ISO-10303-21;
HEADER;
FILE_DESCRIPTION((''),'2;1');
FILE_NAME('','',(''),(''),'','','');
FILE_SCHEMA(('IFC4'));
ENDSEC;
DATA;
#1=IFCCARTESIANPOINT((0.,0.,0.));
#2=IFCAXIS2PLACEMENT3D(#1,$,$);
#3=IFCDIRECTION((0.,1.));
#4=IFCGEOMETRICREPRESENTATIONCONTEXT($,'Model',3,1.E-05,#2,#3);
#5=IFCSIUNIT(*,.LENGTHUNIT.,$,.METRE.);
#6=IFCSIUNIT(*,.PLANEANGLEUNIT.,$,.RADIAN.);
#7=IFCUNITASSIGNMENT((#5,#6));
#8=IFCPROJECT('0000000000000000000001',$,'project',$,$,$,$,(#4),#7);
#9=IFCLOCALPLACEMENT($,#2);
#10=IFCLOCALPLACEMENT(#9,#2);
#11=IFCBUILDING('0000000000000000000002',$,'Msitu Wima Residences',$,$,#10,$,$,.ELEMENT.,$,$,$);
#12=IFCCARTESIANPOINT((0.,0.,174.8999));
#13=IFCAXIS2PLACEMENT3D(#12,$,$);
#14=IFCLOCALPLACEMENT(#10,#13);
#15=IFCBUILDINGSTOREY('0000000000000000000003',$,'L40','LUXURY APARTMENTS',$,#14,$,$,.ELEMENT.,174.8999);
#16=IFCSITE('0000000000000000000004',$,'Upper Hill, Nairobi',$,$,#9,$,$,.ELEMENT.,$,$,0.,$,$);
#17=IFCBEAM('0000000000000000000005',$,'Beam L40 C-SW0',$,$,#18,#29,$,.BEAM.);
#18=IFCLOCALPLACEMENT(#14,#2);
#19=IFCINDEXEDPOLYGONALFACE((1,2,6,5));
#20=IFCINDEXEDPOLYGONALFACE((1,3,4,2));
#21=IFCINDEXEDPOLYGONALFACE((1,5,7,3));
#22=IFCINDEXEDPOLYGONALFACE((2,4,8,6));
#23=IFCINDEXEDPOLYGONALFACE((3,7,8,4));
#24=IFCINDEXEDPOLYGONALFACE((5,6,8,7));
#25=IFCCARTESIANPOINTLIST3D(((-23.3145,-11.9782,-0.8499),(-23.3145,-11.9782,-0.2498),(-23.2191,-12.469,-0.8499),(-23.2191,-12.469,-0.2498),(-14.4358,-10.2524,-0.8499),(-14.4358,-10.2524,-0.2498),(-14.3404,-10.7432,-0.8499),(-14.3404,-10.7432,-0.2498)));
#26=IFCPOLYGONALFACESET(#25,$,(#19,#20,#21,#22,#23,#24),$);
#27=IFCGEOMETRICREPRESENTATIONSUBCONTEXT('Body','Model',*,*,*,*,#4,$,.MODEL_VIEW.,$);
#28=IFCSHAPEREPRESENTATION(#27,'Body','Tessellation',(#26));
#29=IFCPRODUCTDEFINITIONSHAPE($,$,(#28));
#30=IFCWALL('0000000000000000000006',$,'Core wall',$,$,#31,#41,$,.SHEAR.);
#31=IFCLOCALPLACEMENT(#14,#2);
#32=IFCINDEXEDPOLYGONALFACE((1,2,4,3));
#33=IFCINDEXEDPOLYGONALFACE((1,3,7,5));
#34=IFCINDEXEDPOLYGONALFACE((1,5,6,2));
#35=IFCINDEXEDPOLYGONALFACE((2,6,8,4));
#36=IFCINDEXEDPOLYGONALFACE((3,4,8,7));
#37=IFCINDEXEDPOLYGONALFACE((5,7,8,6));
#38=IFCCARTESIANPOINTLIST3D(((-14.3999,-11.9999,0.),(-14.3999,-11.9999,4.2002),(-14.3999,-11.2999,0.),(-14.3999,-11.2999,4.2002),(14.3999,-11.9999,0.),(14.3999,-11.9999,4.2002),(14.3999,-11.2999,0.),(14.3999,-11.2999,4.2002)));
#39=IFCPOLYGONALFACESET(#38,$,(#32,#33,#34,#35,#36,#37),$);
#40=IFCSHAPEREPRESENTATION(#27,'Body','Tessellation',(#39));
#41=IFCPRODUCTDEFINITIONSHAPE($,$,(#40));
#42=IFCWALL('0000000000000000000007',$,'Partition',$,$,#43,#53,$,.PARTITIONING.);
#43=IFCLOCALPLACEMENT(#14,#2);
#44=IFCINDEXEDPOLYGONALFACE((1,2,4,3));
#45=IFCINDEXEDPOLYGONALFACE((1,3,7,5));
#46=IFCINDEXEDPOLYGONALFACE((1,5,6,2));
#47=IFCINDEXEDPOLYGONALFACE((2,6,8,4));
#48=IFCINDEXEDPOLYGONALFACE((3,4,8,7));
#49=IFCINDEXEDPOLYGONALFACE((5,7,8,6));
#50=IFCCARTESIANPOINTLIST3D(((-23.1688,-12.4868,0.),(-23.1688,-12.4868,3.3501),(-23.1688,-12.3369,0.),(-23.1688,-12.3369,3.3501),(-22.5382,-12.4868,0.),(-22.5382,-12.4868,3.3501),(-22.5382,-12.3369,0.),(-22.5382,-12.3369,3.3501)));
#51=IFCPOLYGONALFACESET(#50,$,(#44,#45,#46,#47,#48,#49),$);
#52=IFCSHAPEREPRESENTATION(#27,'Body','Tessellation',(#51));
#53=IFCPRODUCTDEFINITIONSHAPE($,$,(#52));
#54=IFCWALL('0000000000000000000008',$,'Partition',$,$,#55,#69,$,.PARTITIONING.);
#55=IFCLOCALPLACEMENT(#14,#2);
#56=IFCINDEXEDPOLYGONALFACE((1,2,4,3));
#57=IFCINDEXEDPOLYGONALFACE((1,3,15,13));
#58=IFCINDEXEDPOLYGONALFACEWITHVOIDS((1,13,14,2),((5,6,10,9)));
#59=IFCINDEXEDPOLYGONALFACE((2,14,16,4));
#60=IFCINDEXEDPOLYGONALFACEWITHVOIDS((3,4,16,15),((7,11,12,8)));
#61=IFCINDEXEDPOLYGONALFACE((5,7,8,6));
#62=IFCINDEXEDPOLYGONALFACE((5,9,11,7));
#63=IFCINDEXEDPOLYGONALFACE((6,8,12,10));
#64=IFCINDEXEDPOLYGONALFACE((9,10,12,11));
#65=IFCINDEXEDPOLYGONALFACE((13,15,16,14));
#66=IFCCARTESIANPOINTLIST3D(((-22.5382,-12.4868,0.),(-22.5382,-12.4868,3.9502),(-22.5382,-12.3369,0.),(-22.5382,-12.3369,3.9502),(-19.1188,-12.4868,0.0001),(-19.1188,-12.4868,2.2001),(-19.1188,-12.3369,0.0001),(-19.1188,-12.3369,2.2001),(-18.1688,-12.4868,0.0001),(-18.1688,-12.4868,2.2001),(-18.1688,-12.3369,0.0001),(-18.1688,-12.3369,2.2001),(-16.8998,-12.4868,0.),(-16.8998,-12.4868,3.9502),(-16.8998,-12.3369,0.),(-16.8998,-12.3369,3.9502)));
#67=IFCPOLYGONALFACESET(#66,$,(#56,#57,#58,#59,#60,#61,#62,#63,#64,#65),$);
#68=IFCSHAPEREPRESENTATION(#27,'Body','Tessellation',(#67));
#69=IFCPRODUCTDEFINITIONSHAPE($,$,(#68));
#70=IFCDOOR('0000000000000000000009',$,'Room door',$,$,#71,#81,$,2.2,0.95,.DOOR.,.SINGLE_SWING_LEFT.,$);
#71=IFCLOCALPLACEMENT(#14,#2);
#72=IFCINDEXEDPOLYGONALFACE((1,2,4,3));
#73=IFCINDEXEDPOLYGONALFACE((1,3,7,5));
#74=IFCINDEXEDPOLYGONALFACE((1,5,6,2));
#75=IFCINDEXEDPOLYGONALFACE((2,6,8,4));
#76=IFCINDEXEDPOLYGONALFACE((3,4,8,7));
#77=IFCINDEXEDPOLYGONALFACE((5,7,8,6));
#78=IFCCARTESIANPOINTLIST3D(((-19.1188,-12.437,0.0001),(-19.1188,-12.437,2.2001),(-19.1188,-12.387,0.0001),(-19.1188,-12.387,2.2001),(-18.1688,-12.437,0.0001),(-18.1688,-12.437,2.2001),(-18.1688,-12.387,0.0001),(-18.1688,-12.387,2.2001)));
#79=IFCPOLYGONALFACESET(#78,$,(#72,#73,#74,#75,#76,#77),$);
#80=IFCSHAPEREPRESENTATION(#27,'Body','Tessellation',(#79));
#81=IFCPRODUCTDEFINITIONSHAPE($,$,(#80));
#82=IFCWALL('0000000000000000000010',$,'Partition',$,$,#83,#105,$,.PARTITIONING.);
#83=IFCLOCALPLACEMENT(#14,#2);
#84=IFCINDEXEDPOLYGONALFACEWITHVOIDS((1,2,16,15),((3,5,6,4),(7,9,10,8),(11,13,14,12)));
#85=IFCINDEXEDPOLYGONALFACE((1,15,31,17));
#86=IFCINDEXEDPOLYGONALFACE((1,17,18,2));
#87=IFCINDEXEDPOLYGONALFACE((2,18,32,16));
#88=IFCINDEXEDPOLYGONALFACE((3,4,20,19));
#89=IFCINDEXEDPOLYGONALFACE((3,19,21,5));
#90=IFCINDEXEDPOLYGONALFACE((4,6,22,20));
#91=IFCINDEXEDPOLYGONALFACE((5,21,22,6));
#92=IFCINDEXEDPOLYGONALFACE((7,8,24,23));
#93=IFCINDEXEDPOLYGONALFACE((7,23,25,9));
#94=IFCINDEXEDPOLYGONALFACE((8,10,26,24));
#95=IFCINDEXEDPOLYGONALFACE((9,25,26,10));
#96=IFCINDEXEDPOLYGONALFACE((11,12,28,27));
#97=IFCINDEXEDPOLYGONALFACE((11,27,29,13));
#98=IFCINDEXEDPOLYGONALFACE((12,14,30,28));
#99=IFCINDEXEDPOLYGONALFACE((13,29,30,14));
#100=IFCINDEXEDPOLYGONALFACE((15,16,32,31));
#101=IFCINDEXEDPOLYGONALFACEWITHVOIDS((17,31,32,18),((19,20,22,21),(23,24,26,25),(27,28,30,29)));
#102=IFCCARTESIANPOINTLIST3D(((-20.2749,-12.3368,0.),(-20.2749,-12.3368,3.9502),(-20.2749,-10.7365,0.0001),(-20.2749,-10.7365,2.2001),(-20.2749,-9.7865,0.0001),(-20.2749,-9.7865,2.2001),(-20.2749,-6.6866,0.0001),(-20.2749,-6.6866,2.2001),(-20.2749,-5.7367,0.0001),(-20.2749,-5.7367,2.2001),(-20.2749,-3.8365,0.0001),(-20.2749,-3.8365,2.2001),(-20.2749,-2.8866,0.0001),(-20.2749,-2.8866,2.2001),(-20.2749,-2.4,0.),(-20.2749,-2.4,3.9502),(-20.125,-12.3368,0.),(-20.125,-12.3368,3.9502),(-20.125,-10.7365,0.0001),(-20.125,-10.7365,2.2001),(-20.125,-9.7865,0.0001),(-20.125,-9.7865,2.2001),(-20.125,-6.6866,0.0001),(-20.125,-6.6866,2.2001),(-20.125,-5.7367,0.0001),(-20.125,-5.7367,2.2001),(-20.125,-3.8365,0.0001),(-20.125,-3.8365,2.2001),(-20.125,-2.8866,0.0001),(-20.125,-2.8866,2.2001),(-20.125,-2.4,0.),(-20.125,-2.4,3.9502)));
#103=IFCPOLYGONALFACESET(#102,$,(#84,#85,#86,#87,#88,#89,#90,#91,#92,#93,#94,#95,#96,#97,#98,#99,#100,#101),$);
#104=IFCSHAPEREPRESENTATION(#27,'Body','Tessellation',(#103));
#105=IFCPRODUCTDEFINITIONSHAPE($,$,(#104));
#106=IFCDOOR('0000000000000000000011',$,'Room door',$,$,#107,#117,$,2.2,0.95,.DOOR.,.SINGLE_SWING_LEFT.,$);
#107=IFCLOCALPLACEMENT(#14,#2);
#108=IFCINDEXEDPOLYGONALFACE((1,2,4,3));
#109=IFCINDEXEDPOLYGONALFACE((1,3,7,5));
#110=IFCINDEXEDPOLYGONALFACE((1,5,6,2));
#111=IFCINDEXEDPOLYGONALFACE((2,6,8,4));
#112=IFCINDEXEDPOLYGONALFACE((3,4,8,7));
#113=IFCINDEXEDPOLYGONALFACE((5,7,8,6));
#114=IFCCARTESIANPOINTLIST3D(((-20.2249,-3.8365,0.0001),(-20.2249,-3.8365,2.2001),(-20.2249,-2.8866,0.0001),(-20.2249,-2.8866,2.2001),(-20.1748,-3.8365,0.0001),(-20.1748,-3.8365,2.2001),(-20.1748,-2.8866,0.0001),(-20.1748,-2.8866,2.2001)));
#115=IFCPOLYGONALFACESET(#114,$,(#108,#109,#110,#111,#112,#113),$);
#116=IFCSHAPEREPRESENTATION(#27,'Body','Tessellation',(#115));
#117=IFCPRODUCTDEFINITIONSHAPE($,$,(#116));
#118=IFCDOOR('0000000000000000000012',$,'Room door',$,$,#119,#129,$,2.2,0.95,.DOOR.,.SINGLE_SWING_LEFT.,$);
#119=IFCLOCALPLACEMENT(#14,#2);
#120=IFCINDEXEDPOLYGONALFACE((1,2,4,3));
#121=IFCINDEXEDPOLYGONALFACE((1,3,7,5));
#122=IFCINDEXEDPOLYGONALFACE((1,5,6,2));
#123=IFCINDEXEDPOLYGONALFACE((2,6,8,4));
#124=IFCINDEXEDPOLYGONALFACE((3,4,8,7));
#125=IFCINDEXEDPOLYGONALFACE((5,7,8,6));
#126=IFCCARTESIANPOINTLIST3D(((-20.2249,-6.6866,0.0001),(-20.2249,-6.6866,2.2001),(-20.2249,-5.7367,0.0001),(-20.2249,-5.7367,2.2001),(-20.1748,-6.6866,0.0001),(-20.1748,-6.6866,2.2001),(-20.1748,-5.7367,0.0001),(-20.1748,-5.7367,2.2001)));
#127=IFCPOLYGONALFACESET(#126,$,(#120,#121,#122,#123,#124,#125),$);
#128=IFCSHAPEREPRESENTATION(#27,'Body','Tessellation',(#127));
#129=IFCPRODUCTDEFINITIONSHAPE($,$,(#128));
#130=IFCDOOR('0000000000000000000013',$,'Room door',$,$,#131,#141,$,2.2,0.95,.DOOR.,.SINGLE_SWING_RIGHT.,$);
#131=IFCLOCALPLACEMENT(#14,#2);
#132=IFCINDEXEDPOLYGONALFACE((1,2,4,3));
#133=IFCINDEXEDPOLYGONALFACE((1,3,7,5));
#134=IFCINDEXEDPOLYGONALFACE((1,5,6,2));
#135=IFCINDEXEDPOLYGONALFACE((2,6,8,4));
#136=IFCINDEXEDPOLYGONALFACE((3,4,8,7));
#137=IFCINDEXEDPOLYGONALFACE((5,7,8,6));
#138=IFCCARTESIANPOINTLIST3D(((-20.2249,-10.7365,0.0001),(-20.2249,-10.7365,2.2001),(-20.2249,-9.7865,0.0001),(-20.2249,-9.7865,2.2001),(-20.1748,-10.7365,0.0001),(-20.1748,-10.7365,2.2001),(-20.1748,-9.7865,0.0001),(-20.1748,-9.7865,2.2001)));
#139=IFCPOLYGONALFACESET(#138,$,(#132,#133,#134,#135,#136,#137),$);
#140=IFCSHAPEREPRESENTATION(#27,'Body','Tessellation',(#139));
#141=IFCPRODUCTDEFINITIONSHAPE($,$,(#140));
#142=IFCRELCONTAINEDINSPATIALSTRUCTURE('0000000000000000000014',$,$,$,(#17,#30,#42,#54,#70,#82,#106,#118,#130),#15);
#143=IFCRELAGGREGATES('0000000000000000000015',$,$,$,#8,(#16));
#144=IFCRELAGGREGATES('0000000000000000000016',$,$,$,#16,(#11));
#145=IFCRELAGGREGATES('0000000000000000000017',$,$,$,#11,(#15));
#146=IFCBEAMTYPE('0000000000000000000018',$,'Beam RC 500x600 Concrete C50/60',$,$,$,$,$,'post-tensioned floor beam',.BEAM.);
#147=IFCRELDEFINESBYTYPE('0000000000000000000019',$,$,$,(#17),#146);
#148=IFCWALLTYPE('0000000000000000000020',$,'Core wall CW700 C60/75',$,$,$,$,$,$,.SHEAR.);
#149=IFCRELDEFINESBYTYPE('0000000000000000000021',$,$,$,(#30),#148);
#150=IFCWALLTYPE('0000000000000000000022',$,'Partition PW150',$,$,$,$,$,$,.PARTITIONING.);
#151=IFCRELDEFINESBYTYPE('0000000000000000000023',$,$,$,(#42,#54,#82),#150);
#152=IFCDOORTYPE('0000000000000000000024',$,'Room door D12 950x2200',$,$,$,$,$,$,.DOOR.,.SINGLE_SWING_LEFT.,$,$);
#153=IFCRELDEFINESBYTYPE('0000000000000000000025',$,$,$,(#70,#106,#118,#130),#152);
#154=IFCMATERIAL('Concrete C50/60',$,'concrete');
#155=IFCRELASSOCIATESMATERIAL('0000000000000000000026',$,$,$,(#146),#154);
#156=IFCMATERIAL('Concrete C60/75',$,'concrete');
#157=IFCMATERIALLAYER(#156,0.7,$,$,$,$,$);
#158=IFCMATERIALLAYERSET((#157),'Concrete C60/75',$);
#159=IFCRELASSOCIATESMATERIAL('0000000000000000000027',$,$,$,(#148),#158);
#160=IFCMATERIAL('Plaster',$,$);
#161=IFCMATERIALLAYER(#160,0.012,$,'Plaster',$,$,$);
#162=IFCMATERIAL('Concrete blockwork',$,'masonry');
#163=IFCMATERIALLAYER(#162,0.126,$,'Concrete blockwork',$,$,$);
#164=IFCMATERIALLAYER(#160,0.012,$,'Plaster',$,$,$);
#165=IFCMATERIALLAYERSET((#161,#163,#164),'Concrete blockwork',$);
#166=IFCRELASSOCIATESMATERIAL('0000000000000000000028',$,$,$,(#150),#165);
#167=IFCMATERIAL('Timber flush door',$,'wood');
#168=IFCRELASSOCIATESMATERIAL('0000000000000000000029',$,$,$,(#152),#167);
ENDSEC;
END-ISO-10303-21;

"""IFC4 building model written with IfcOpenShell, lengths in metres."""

from ifc_helpers import new_model, si_unit, direction, frame, frame_2d, origin, origin_2d, place, context, subcontext, project, spatial, rectangle, extrude, material, layer, layer_set, material_profile, profile_set, type_object, element, fill, save


model = new_model("IFC4")

# Units and contexts
model_context = context("Model", 3, precision=1e-05, world=origin(), true_north=direction((0.0, 1.0)))
body_context = subcontext(model_context, "Body", "Model", "MODEL_VIEW")
ifc_project = project(units=[si_unit("LENGTHUNIT", "METRE"), si_unit("PLANEANGLEUNIT", "RADIAN")], contexts=[model_context])

# Site, building, storey
site_placement = place(None, origin())
site = spatial("IfcSite", under=ifc_project, at=site_placement, Name="Upper Hill, Nairobi", CompositionType="ELEMENT", RefElevation=0.0)
building_placement = place(site_placement, origin())
building = spatial("IfcBuilding", under=site, at=building_placement, Name="Msitu Wima Residences", CompositionType="ELEMENT")
storey_placement = place(building_placement, frame((0.0, 0.0, 174.8999)))
storey = spatial("IfcBuildingStorey", under=building, at=storey_placement, Name="L40", Description="LUXURY APARTMENTS", CompositionType="ELEMENT", Elevation=174.8999)

# Beam
ifc_material_1 = material(Name="Concrete C50/60", Category="concrete")
ifc_material_profile = material_profile(ifc_material_1, rectangle(XDim=0.5, YDim=0.6001, at=origin_2d()), Name="RC 500x600")
ifc_profile_set = profile_set([ifc_material_profile], Name="Concrete C50/60")
beam_type = type_object("IfcBeamType", Name="Beam RC 500x600 Concrete C50/60", ElementType="post-tensioned floor beam", PredefinedType="BEAM", material=ifc_profile_set)
beam_placement = place(storey_placement, frame((-23.2668, -12.2236, -0.5498), z_axis=(0.981627, 0.190808, 0.0), x_axis=(-0.190808, 0.981627, 0.0)))
element("IfcBeam", 1, at=beam_placement, inside=storey, type_object=beam_type, Name="Beam L40 C-SW0", PredefinedType="BEAM", context=body_context, shape_type="SweptSolid", body=[
    extrude(rectangle(XDim=0.5, YDim=0.6001, at=origin_2d()), origin(), (0.0, 0.0, 1.0), 9.0449),
])

# Wall
ifc_material_2 = material(Name="Concrete C60/75", Category="concrete")
ifc_layer_1 = layer(ifc_material_2, 0.7)
ifc_layer_set_1 = layer_set([ifc_layer_1], Name="Concrete C60/75")
wall_type_1 = type_object("IfcWallType", Name="Core wall CW700 C60/75", PredefinedType="SHEAR", material=ifc_layer_set_1)
wall_1_placement = place(storey_placement, frame((-14.3999, -11.6499, 0.0), z_axis=(0.0, 0.0, 1.0), x_axis=(1.0, 0.0, 0.0)))
element("IfcWall", 2, at=wall_1_placement, inside=storey, type_object=wall_type_1, Name="Core wall", PredefinedType="SHEAR", context=body_context, shape_type="SweptSolid", body=[
    extrude(rectangle(XDim=28.7998, YDim=0.7, at=frame_2d((14.3999, 0.0))), origin(), (0.0, 0.0, 1.0), 4.2002),
])

# Wall
ifc_material_3 = material(Name="Plaster")
ifc_layer_2 = layer(ifc_material_3, 0.012, Name="Plaster")
ifc_material_4 = material(Name="Concrete blockwork", Category="masonry")
ifc_layer_3 = layer(ifc_material_4, 0.126, Name="Concrete blockwork")
ifc_layer_4 = layer(ifc_material_3, 0.012, Name="Plaster")
ifc_layer_set_2 = layer_set([ifc_layer_2, ifc_layer_3, ifc_layer_4], Name="Concrete blockwork")
wall_type_2 = type_object("IfcWallType", Name="Partition PW150", PredefinedType="PARTITIONING", material=ifc_layer_set_2)
wall_2_placement = place(storey_placement, frame((-23.1689, -12.4119, 0.0), z_axis=(0.0, 0.0, 1.0), x_axis=(1.0, 0.0, 0.0)))
element("IfcWall", 3, at=wall_2_placement, inside=storey, type_object=wall_type_2, Name="Partition", PredefinedType="PARTITIONING", context=body_context, shape_type="SweptSolid", body=[
    extrude(rectangle(XDim=0.6306, YDim=0.1499, at=frame_2d((0.3154, 0.0))), origin(), (0.0, 0.0, 1.0), 3.3501),
])

# Wall, opening, door
wall_3_placement = place(storey_placement, frame((-22.5383, -12.4119, 0.0), z_axis=(0.0, 0.0, 1.0), x_axis=(1.0, 0.0, 0.0)))
wall_3 = element("IfcWall", 4, at=wall_3_placement, inside=storey, type_object=wall_type_2, Name="Partition", PredefinedType="PARTITIONING", context=body_context, shape_type="SweptSolid", body=[
    extrude(rectangle(XDim=5.6384, YDim=0.1499, at=frame_2d((2.8193, 0.0))), origin(), (0.0, 0.0, 1.0), 3.9502),
])
opening_1_placement = place(wall_3_placement, frame((3.4194, 0.0, 0.0)))
opening_1 = element("IfcOpeningElement", 5, at=opening_1_placement, cuts=wall_3, PredefinedType="OPENING", context=body_context, shape_type="SweptSolid", body=[
    extrude(rectangle(XDim=0.95, YDim=2.2, at=frame_2d((0.4751, 1.1001))), frame((0.0, 0.085, 0.0), z_axis=(0.0, -1.0, 0.0), x_axis=(1.0, 0.0, 0.0)), (0.0, 0.0, 1.0), 0.1699),
])
ifc_material_5 = material(Name="Timber flush door", Category="wood")
door_type_1 = type_object("IfcDoorType", Name="Room door D12 950x2200", OperationType="SINGLE_SWING_LEFT", PredefinedType="DOOR", material=ifc_material_5)
door_1_placement = place(opening_1_placement, origin())
door_1 = element("IfcDoor", 6, at=door_1_placement, inside=storey, type_object=door_type_1, Name="Room door", OperationType="SINGLE_SWING_LEFT", OverallHeight=2.2, OverallWidth=0.95, PredefinedType="DOOR", context=body_context, shape_type="SweptSolid", body=[
    extrude(rectangle(XDim=0.95, YDim=2.2, at=frame_2d((0.4751, 1.1001))), frame((0.0, 0.0249, 0.0), z_axis=(0.0, -1.0, 0.0), x_axis=(1.0, 0.0, 0.0)), (0.0, 0.0, 1.0), 0.05),
])
fill(opening_1, door_1)

# Wall, openings, doors
wall_4_placement = place(storey_placement, frame((-20.2, -12.3367, 0.0), z_axis=(0.0, 0.0, 1.0), x_axis=(0.0, 1.0, 0.0)))
wall_4 = element("IfcWall", 7, at=wall_4_placement, inside=storey, type_object=wall_type_2, Name="Partition", PredefinedType="PARTITIONING", context=body_context, shape_type="SweptSolid", body=[
    extrude(rectangle(XDim=9.9368, YDim=0.1499, at=frame_2d((4.9683, 0.0))), origin(), (0.0, 0.0, 1.0), 3.9502),
])
opening_2_placement = place(wall_4_placement, frame((8.5, 0.0, 0.0)))
opening_2 = element("IfcOpeningElement", 8, at=opening_2_placement, cuts=wall_4, PredefinedType="OPENING", context=body_context, shape_type="SweptSolid", body=[
    extrude(rectangle(XDim=0.95, YDim=2.2, at=frame_2d((0.4751, 1.1001))), frame((0.0, 0.085, 0.0), z_axis=(0.0, -1.0, 0.0), x_axis=(1.0, 0.0, 0.0)), (0.0, 0.0, 1.0), 0.1699),
])
opening_3_placement = place(wall_4_placement, frame((5.6499, 0.0, 0.0)))
opening_3 = element("IfcOpeningElement", 9, at=opening_3_placement, cuts=wall_4, PredefinedType="OPENING", context=body_context, shape_type="SweptSolid", body=[
    extrude(rectangle(XDim=0.95, YDim=2.2, at=frame_2d((0.4751, 1.1001))), frame((0.0, 0.085, 0.0), z_axis=(0.0, -1.0, 0.0), x_axis=(1.0, 0.0, 0.0)), (0.0, 0.0, 1.0), 0.1699),
])
opening_4_placement = place(wall_4_placement, frame((1.6001, 0.0, 0.0)))
opening_4 = element("IfcOpeningElement", 10, at=opening_4_placement, cuts=wall_4, PredefinedType="OPENING", context=body_context, shape_type="SweptSolid", body=[
    extrude(rectangle(XDim=0.95, YDim=2.2, at=frame_2d((0.4751, 1.1001))), frame((0.0, 0.085, 0.0), z_axis=(0.0, -1.0, 0.0), x_axis=(1.0, 0.0, 0.0)), (0.0, 0.0, 1.0), 0.1699),
])
door_2_placement = place(opening_2_placement, origin())
door_2 = element("IfcDoor", 11, at=door_2_placement, inside=storey, type_object=door_type_1, Name="Room door", OperationType="SINGLE_SWING_LEFT", OverallHeight=2.2, OverallWidth=0.95, PredefinedType="DOOR", context=body_context, shape_type="SweptSolid", body=[
    extrude(rectangle(XDim=0.95, YDim=2.2, at=frame_2d((0.4751, 1.1001))), frame((0.0, 0.0249, 0.0), z_axis=(0.0, -1.0, 0.0), x_axis=(1.0, 0.0, 0.0)), (0.0, 0.0, 1.0), 0.05),
])
fill(opening_2, door_2)
door_3_placement = place(opening_3_placement, origin())
door_3 = element("IfcDoor", 12, at=door_3_placement, inside=storey, type_object=door_type_1, Name="Room door", OperationType="SINGLE_SWING_LEFT", OverallHeight=2.2, OverallWidth=0.95, PredefinedType="DOOR", context=body_context, shape_type="SweptSolid", body=[
    extrude(rectangle(XDim=0.95, YDim=2.2, at=frame_2d((0.4751, 1.1001))), frame((0.0, 0.0249, 0.0), z_axis=(0.0, -1.0, 0.0), x_axis=(1.0, 0.0, 0.0)), (0.0, 0.0, 1.0), 0.05),
])
fill(opening_3, door_3)
door_4_placement = place(opening_4_placement, origin())
door_4 = element("IfcDoor", 13, at=door_4_placement, inside=storey, type_object=door_type_1, Name="Room door", OperationType="SINGLE_SWING_RIGHT", OverallHeight=2.2, OverallWidth=0.95, PredefinedType="DOOR", context=body_context, shape_type="SweptSolid", body=[
    extrude(rectangle(XDim=0.95, YDim=2.2, at=frame_2d((0.4751, 1.1001))), frame((0.0, 0.0249, 0.0), z_axis=(0.0, -1.0, 0.0), x_axis=(1.0, 0.0, 0.0)), (0.0, 0.0, 1.0), 0.05),
])
fill(opening_4, door_4)

save(model, "model.ifc")
